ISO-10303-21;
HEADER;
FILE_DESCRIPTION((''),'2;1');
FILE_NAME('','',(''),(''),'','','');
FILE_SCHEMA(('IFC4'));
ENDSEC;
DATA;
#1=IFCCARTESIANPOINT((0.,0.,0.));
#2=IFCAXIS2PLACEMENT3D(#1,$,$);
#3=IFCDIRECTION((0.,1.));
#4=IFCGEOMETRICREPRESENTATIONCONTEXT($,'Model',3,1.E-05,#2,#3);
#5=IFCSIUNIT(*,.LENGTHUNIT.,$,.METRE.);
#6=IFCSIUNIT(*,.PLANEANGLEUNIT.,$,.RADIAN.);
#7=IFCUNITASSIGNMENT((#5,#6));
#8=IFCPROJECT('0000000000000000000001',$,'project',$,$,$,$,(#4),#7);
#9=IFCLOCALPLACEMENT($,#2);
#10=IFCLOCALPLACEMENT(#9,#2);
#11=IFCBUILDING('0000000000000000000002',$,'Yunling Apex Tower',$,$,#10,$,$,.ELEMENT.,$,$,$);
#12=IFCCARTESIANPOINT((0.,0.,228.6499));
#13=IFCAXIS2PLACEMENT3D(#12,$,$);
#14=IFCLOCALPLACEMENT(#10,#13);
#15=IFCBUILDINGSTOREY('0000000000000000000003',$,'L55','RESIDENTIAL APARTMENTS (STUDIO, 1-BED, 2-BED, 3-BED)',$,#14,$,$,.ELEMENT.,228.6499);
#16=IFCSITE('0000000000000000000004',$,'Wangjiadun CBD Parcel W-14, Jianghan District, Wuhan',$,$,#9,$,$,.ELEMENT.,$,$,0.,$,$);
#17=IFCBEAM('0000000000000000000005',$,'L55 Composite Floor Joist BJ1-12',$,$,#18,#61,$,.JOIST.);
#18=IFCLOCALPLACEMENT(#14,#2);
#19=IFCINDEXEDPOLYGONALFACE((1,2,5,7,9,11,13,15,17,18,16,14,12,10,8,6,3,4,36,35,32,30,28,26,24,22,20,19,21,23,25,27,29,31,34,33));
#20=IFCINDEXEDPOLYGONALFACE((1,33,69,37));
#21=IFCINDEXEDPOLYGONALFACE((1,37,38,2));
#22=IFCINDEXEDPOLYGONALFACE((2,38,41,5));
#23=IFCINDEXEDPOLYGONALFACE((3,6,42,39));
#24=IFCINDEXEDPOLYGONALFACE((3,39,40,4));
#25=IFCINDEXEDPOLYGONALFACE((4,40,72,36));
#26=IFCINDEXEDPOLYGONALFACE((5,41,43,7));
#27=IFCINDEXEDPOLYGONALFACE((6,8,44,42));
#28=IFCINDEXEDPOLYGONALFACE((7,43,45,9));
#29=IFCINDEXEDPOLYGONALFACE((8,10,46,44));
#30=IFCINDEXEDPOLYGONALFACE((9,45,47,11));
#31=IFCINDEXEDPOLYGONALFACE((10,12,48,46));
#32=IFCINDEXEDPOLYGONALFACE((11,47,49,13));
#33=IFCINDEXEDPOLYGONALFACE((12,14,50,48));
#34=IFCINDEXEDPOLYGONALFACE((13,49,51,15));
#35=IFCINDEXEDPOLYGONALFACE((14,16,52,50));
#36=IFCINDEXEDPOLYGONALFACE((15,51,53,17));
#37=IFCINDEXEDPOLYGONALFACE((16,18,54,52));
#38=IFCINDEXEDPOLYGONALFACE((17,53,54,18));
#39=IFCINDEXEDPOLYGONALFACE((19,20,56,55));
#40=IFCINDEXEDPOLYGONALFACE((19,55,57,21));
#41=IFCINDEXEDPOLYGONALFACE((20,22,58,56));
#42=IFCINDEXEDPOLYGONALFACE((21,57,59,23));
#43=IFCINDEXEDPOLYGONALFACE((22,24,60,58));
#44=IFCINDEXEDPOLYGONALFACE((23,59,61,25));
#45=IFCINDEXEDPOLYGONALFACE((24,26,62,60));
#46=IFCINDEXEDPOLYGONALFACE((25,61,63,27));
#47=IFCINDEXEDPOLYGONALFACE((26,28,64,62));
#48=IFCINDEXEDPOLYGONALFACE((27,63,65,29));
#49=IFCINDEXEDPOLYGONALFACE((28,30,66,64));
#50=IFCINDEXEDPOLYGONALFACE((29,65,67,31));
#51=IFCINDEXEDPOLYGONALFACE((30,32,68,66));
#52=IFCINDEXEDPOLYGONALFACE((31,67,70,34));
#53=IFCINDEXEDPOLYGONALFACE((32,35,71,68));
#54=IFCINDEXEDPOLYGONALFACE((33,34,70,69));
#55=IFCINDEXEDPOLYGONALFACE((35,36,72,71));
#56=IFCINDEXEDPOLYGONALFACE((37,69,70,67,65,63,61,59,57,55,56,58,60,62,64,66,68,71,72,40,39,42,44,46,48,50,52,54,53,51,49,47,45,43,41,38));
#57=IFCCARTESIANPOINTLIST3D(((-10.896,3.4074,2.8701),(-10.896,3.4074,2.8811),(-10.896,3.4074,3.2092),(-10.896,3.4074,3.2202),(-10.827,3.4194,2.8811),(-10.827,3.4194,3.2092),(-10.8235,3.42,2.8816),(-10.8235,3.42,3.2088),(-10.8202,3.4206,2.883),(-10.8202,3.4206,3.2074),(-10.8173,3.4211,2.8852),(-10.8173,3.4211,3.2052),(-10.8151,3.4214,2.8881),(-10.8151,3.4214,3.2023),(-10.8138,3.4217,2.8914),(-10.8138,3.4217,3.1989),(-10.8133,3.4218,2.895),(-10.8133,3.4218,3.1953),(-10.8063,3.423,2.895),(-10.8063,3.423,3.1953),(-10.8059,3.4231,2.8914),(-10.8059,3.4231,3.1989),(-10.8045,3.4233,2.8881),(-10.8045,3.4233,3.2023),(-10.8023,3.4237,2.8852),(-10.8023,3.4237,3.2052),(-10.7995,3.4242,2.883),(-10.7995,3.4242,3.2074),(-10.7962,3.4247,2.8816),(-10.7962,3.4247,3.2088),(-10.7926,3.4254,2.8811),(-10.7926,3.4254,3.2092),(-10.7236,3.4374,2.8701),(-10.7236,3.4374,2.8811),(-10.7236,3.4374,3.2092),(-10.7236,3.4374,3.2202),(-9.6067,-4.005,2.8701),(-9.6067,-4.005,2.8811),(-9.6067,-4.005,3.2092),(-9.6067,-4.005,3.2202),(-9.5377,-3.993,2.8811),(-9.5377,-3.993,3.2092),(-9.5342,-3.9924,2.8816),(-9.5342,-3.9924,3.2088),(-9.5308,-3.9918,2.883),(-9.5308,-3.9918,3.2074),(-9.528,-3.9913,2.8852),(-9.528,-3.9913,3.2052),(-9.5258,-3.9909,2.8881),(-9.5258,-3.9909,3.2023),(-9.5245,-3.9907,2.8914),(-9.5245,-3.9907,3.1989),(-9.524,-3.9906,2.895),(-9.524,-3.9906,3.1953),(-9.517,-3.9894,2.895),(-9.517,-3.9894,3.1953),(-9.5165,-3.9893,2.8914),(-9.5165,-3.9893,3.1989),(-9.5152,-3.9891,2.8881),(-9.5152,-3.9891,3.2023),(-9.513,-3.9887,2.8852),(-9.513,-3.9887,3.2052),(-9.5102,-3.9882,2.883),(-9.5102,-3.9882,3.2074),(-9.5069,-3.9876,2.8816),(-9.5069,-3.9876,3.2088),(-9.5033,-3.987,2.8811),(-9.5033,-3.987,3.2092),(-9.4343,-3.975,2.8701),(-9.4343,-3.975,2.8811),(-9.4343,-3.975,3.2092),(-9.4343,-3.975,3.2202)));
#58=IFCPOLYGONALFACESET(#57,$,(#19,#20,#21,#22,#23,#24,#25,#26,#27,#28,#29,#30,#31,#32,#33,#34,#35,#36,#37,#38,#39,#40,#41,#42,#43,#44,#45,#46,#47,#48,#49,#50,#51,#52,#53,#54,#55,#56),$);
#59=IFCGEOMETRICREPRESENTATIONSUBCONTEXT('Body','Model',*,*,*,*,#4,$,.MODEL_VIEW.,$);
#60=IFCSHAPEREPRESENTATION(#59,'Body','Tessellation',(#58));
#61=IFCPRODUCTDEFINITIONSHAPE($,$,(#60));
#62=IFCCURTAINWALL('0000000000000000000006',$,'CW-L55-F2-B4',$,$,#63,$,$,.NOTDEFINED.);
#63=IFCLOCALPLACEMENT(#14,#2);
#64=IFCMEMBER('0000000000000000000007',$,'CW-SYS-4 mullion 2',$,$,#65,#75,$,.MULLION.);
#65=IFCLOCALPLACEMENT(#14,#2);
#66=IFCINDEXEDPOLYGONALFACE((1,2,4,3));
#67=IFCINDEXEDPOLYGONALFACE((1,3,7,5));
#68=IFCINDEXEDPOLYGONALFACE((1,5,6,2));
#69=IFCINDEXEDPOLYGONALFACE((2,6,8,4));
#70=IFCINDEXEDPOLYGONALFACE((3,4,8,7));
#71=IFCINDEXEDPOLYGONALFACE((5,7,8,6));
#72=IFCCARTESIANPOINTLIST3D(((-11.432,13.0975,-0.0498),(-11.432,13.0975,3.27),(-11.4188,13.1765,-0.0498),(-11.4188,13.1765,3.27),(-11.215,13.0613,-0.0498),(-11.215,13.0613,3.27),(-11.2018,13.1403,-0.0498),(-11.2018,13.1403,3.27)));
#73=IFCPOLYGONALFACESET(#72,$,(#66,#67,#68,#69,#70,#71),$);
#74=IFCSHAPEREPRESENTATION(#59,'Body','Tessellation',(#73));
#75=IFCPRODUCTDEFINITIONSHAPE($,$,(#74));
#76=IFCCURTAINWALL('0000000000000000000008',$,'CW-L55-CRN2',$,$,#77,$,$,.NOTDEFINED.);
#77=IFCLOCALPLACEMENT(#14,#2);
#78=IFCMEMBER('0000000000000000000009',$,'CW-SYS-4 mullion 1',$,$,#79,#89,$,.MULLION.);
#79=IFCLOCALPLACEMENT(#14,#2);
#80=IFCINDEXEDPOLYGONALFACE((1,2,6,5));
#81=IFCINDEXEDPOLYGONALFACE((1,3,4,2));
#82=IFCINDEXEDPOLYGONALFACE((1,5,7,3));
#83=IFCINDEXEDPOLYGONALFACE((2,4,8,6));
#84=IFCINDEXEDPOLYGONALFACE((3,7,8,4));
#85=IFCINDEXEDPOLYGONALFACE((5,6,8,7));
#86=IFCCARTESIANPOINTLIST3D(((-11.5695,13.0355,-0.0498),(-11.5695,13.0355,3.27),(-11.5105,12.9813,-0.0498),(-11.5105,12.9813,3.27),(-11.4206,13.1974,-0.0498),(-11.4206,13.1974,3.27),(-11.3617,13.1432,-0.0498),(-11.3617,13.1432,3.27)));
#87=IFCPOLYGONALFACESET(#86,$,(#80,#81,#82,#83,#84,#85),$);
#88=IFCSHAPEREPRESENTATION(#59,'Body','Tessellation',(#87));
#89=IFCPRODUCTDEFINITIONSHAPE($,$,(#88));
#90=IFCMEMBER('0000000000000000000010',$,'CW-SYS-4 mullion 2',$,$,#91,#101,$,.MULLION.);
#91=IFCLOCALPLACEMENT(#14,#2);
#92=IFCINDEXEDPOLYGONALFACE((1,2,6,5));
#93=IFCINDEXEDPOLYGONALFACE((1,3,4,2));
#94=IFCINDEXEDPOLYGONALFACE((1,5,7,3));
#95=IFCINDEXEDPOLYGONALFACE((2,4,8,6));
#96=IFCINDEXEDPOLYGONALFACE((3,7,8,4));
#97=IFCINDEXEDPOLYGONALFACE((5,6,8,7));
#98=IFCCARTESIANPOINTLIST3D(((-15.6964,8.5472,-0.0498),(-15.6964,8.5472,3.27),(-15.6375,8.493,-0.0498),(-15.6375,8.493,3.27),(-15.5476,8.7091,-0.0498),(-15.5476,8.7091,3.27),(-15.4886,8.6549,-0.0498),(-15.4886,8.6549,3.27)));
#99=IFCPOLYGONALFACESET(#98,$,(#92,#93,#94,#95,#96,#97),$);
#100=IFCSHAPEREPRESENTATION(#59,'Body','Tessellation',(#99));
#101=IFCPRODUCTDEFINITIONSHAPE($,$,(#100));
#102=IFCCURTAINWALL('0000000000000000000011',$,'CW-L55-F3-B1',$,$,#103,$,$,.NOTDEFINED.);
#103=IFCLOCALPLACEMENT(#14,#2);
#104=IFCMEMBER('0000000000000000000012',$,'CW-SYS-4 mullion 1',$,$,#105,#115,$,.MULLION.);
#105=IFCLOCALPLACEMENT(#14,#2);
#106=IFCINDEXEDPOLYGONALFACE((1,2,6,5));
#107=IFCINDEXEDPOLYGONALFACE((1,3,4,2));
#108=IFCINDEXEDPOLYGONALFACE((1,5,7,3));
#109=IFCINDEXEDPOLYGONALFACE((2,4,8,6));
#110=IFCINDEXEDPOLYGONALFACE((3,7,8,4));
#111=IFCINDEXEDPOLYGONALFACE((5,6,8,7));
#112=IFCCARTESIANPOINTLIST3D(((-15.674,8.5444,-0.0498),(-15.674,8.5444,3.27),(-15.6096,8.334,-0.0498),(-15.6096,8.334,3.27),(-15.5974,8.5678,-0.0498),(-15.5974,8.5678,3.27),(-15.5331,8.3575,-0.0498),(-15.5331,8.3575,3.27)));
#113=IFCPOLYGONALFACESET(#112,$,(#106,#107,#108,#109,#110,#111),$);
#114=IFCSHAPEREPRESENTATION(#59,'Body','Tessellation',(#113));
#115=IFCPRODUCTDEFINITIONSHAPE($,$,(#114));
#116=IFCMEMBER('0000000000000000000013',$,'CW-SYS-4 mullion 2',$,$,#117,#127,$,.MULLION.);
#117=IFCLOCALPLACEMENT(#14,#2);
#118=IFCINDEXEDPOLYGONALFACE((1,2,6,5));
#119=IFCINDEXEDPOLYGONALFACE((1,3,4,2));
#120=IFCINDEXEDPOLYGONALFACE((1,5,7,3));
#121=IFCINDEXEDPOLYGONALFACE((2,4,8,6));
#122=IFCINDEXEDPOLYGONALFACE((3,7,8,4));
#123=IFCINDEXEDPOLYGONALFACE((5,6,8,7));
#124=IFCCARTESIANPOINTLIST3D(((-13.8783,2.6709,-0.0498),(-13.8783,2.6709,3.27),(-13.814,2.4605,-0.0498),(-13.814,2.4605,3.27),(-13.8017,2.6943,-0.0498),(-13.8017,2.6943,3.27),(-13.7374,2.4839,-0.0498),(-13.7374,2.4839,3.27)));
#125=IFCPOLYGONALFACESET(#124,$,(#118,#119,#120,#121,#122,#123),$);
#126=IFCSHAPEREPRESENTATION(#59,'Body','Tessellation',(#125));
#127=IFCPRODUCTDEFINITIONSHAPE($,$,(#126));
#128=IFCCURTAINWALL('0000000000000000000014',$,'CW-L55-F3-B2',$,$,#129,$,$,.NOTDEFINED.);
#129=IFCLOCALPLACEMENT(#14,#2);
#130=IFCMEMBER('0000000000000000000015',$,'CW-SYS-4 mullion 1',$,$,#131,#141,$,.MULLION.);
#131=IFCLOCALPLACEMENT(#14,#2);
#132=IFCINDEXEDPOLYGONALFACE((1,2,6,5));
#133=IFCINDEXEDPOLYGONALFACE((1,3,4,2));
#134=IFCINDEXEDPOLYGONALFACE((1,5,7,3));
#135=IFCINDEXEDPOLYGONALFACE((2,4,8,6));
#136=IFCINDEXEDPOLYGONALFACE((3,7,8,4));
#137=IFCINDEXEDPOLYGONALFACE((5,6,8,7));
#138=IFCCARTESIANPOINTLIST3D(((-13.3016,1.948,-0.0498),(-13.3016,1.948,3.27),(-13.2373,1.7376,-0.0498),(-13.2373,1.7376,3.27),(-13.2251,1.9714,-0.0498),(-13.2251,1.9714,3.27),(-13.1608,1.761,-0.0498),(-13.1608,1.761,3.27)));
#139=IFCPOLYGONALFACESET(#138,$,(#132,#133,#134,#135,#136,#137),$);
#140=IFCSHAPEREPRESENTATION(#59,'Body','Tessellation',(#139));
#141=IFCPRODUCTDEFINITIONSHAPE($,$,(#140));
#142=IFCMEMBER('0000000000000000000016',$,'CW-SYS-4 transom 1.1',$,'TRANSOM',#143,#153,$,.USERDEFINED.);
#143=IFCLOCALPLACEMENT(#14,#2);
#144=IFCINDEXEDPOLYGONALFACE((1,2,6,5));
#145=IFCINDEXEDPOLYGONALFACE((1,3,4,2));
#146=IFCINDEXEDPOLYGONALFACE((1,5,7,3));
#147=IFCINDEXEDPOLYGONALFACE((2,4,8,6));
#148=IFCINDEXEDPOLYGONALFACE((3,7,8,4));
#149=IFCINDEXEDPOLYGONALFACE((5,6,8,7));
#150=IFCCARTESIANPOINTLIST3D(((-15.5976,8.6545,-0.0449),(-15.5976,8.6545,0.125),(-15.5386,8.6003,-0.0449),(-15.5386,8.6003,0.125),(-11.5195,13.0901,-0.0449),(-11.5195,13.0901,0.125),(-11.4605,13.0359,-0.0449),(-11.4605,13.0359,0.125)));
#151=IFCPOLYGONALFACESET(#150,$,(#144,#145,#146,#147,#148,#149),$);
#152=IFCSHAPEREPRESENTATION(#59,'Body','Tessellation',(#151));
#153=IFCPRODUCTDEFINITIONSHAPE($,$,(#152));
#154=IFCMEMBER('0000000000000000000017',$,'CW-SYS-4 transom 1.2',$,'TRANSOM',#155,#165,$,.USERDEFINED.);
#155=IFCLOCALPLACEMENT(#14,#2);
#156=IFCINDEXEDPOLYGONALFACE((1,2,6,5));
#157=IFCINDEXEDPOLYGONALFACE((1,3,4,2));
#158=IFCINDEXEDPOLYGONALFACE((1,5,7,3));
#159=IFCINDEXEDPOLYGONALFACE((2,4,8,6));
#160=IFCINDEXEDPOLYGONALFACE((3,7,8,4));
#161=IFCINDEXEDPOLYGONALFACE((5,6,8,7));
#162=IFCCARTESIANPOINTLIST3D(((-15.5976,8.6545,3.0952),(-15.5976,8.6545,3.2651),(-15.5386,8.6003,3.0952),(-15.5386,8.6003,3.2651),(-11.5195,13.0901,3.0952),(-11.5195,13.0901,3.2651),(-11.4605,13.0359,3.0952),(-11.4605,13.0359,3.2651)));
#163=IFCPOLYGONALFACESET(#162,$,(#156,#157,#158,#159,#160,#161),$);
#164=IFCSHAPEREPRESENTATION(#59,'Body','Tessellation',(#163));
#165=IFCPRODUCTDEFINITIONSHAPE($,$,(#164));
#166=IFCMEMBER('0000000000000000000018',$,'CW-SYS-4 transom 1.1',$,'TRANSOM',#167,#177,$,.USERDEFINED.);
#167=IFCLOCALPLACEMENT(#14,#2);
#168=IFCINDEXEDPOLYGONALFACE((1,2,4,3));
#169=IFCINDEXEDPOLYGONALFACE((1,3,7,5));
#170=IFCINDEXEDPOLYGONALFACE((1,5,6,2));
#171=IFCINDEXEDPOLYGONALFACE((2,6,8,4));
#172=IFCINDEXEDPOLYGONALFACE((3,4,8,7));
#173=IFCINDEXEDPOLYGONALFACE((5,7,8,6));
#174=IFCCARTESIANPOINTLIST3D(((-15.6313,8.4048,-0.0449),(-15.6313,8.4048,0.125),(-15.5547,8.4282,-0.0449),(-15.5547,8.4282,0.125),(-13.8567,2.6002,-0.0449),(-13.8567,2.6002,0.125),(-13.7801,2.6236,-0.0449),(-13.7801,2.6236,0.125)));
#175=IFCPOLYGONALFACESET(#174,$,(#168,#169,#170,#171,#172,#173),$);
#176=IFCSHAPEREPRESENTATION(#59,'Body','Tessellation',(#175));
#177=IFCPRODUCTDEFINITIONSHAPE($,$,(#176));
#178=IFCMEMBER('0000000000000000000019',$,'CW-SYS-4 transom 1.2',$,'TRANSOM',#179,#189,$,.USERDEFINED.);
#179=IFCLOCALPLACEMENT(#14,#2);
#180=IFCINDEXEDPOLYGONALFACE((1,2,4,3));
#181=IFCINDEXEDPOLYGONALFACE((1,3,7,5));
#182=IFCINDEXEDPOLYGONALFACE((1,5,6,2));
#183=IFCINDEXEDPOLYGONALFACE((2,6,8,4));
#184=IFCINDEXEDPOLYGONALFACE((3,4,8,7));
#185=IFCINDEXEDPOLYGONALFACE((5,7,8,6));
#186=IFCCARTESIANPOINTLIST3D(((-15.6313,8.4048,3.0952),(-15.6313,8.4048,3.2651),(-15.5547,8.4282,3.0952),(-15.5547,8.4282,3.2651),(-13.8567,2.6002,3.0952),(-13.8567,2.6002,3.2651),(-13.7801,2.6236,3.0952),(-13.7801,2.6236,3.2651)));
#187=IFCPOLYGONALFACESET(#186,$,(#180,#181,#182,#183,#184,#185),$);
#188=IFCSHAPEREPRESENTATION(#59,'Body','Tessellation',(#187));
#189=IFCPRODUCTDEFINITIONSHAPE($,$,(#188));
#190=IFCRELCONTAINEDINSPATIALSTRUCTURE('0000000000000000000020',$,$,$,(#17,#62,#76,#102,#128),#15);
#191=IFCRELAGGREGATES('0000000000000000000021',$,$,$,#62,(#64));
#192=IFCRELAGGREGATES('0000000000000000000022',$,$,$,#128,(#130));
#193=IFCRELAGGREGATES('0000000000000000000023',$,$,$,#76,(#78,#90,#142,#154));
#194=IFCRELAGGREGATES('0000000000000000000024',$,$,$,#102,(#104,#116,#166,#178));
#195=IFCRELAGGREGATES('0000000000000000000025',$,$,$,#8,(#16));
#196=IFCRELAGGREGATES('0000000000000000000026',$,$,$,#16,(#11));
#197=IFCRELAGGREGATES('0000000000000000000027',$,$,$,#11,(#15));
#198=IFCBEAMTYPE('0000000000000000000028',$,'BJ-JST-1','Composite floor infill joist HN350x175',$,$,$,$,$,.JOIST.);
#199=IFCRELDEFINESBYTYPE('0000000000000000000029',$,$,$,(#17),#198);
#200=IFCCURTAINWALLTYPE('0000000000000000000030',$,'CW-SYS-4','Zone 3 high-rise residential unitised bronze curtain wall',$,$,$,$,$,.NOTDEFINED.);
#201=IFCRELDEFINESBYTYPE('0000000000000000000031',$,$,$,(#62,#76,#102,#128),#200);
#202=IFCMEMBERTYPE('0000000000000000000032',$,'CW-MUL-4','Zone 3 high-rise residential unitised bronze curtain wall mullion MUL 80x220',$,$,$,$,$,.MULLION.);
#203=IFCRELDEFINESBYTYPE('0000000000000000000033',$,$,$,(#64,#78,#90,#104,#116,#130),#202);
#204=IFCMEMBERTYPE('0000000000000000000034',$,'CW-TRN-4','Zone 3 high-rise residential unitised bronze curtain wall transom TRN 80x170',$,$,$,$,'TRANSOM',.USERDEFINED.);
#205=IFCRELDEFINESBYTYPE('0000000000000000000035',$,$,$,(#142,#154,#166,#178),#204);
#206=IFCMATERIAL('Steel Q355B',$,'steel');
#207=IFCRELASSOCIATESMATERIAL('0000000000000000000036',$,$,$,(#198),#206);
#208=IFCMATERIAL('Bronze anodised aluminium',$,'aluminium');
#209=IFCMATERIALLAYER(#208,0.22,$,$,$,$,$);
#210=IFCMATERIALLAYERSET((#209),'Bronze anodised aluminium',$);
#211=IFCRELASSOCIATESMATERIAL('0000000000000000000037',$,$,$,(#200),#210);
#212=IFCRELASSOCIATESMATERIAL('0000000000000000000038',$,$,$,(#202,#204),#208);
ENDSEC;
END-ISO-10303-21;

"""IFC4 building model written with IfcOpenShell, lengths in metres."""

from ifc_helpers import new_model, si_unit, direction, frame, origin, origin_2d, place, context, subcontext, project, spatial, rectangle, i_section, extrude, source, transform, mapped, material, layer, layer_set, material_profile, profile_set, type_object, element, aggregate, save


model = new_model("IFC4")

# Units and contexts
model_context = context("Model", 3, precision=1e-05, world=origin(), true_north=direction((0.0, 1.0)))
body_context = subcontext(model_context, "Body", "Model", "MODEL_VIEW")
ifc_project = project(units=[si_unit("LENGTHUNIT", "METRE"), si_unit("PLANEANGLEUNIT", "RADIAN")], contexts=[model_context])

# Site, building, storey
site_placement = place(None, origin())
site = spatial("IfcSite", under=ifc_project, at=site_placement, Name="Wangjiadun CBD Parcel W-14, Jianghan District, Wuhan", CompositionType="ELEMENT", RefElevation=0.0)
building_placement = place(site_placement, origin())
building = spatial("IfcBuilding", under=site, at=building_placement, Name="Yunling Apex Tower", CompositionType="ELEMENT")
storey_placement = place(building_placement, frame((0.0, 0.0, 228.6499)))
storey = spatial("IfcBuildingStorey", under=building, at=storey_placement, Name="L55", Description="RESIDENTIAL APARTMENTS (STUDIO, 1-BED, 2-BED, 3-BED)", CompositionType="ELEMENT", Elevation=228.6499)

# Beam
ifc_material_1 = material(Name="Steel Q355B", Category="steel")
ifc_material_profile_1 = material_profile(ifc_material_1, i_section(OverallWidth=0.175, OverallDepth=0.3501, WebThickness=0.0071, FlangeThickness=0.011, FilletRadius=0.0139, at=origin_2d()))
ifc_profile_set_1 = profile_set([ifc_material_profile_1], Name="Steel Q355B")
beam_type_1 = type_object("IfcBeamType", Name="BJ-JST-1", Description="Composite floor infill joist HN350x175", PredefinedType="JOIST", material=ifc_profile_set_1)
shared_shape_1 = source(origin(), body_context, "Body", "SweptSolid", [
    extrude(i_section(OverallWidth=0.175, OverallDepth=0.3501, WebThickness=0.0071, FlangeThickness=0.011, FilletRadius=0.0139, at=origin_2d()), origin(), (0.0, 0.0, 1.0), 7.5237),
])
beam_1_placement = place(storey_placement, frame((-10.8098, 3.4224, 3.0452), z_axis=(0.171367, -0.985207, 0.0), x_axis=(0.985207, 0.171367, 0.0)))
element("IfcBeam", 1, at=beam_1_placement, inside=storey, type_object=beam_type_1, Name="L55 Composite Floor Joist BJ1-12", PredefinedType="JOIST", context=body_context, shape_type="MappedRepresentation", body=[
    mapped(shared_shape_1, transform((0.0, 0.0, 0.0), scale=1.0)),
])

# Curtain wall, member
ifc_material_2 = material(Name="Bronze anodised aluminium", Category="aluminium")
ifc_layer_1 = layer(ifc_material_2, 0.22)
ifc_layer_set_1 = layer_set([ifc_layer_1], Name="Bronze anodised aluminium")
curtain_wall_type = type_object("IfcCurtainWallType", Name="CW-SYS-4", Description="Zone 3 high-rise residential unitised bronze curtain wall", PredefinedType="NOTDEFINED", material=ifc_layer_set_1)
curtain_wall_1_placement = place(storey_placement, origin())
curtain_wall_1 = element("IfcCurtainWall", 2, at=curtain_wall_1_placement, inside=storey, type_object=curtain_wall_type, Name="CW-L55-F2-B4", PredefinedType="NOTDEFINED")
ifc_material_profile_2 = material_profile(ifc_material_2, rectangle(XDim=0.0801, YDim=0.22, at=origin_2d()))
ifc_profile_set_2 = profile_set([ifc_material_profile_2], Name="Bronze anodised aluminium")
member_type_1 = type_object("IfcMemberType", Name="CW-MUL-4", Description="Zone 3 high-rise residential unitised bronze curtain wall mullion MUL 80x220", PredefinedType="MULLION", material=ifc_profile_set_2)
shared_shape_2 = source(origin(), body_context, "Body", "SweptSolid", [
    extrude(rectangle(XDim=0.0801, YDim=0.22, at=origin_2d()), origin(), (0.0, 0.0, 1.0), 3.3198),
])
member_1_placement = place(storey_placement, frame((-11.3169, 13.1189, -0.0498), z_axis=(0.0, 0.0, 1.0), x_axis=(-0.164353, -0.986402, 0.0)))
member_1 = element("IfcMember", 3, at=member_1_placement, type_object=member_type_1, Name="CW-SYS-4 mullion 2", PredefinedType="MULLION", context=body_context, shape_type="MappedRepresentation", body=[
    mapped(shared_shape_2, transform((0.0, 0.0, 0.0), scale=1.0)),
])
aggregate(curtain_wall_1, [member_1])

# Curtain walls, members
curtain_wall_2_placement = place(storey_placement, origin())
curtain_wall_2 = element("IfcCurtainWall", 4, at=curtain_wall_2_placement, inside=storey, type_object=curtain_wall_type, Name="CW-L55-CRN2", PredefinedType="NOTDEFINED")
member_2_placement = place(storey_placement, frame((-11.4656, 13.0894, -0.0498), z_axis=(0.0, 0.0, 1.0), x_axis=(0.736134, -0.676836, 0.0)))
member_2 = element("IfcMember", 5, at=member_2_placement, type_object=member_type_1, Name="CW-SYS-4 mullion 1", PredefinedType="MULLION", context=body_context, shape_type="MappedRepresentation", body=[
    mapped(shared_shape_2, transform((0.0, 0.0, 0.0), scale=1.0)),
])
member_3_placement = place(storey_placement, frame((-15.5925, 8.6011, -0.0498), z_axis=(0.0, 0.0, 1.0), x_axis=(0.736134, -0.676836, 0.0)))
member_3 = element("IfcMember", 6, at=member_3_placement, type_object=member_type_1, Name="CW-SYS-4 mullion 2", PredefinedType="MULLION", context=body_context, shape_type="MappedRepresentation", body=[
    mapped(shared_shape_2, transform((0.0, 0.0, 0.0), scale=1.0)),
])
curtain_wall_3_placement = place(storey_placement, origin())
curtain_wall_3 = element("IfcCurtainWall", 7, at=curtain_wall_3_placement, inside=storey, type_object=curtain_wall_type, Name="CW-L55-F3-B1", PredefinedType="NOTDEFINED")
member_4_placement = place(storey_placement, frame((-15.6035, 8.4509, -0.0498), z_axis=(0.0, 0.0, 1.0), x_axis=(0.956305, 0.292372, 0.0)))
member_4 = element("IfcMember", 8, at=member_4_placement, type_object=member_type_1, Name="CW-SYS-4 mullion 1", PredefinedType="MULLION", context=body_context, shape_type="MappedRepresentation", body=[
    mapped(shared_shape_2, transform((0.0, 0.0, 0.0), scale=1.0)),
])
member_5_placement = place(storey_placement, frame((-13.8079, 2.5774, -0.0498), z_axis=(0.0, 0.0, 1.0), x_axis=(0.956305, 0.292372, 0.0)))
member_5 = element("IfcMember", 9, at=member_5_placement, type_object=member_type_1, Name="CW-SYS-4 mullion 2", PredefinedType="MULLION", context=body_context, shape_type="MappedRepresentation", body=[
    mapped(shared_shape_2, transform((0.0, 0.0, 0.0), scale=1.0)),
])

# Curtain wall, member
curtain_wall_4_placement = place(storey_placement, origin())
curtain_wall_4 = element("IfcCurtainWall", 10, at=curtain_wall_4_placement, inside=storey, type_object=curtain_wall_type, Name="CW-L55-F3-B2", PredefinedType="NOTDEFINED")
member_6_placement = place(storey_placement, frame((-13.2312, 1.8545, -0.0498), z_axis=(0.0, 0.0, 1.0), x_axis=(0.956304, 0.292373, 0.0)))
member_6 = element("IfcMember", 11, at=member_6_placement, type_object=member_type_1, Name="CW-SYS-4 mullion 1", PredefinedType="MULLION", context=body_context, shape_type="MappedRepresentation", body=[
    mapped(shared_shape_2, transform((0.0, 0.0, 0.0), scale=1.0)),
])

# Members
ifc_material_profile_3 = material_profile(ifc_material_2, rectangle(XDim=0.0801, YDim=0.1699, at=origin_2d()))
ifc_profile_set_3 = profile_set([ifc_material_profile_3], Name="Bronze anodised aluminium")
member_type_2 = type_object("IfcMemberType", Name="CW-TRN-4", Description="Zone 3 high-rise residential unitised bronze curtain wall transom TRN 80x170", ElementType="TRANSOM", PredefinedType="USERDEFINED", material=ifc_profile_set_3)
shared_shape_3 = source(origin(), body_context, "Body", "SweptSolid", [
    extrude(rectangle(XDim=0.0801, YDim=0.1699, at=origin_2d()), origin(), (0.0, 0.0, 1.0), 6.0254),
])
member_7_placement = place(storey_placement, frame((-11.49, 13.063, 0.04), z_axis=(-0.676825, -0.736144, 0.0), x_axis=(0.736144, -0.676825, 0.0)))
member_7 = element("IfcMember", 12, at=member_7_placement, type_object=member_type_2, Name="CW-SYS-4 transom 1.1", ObjectType="TRANSOM", PredefinedType="USERDEFINED", context=body_context, shape_type="MappedRepresentation", body=[
    mapped(shared_shape_3, transform((0.0, 0.0, 0.0), scale=1.0)),
])
member_8_placement = place(storey_placement, frame((-11.49, 13.063, 3.1802), z_axis=(-0.676825, -0.736144, 0.0), x_axis=(0.736144, -0.676825, 0.0)))
member_8 = element("IfcMember", 13, at=member_8_placement, type_object=member_type_2, Name="CW-SYS-4 transom 1.2", ObjectType="TRANSOM", PredefinedType="USERDEFINED", context=body_context, shape_type="MappedRepresentation", body=[
    mapped(shared_shape_3, transform((0.0, 0.0, 0.0), scale=1.0)),
])
shared_shape_4 = source(origin(), body_context, "Body", "SweptSolid", [
    extrude(rectangle(XDim=0.0801, YDim=0.1699, at=origin_2d()), origin(), (0.0, 0.0, 1.0), 6.0698),
])
member_9_placement = place(storey_placement, frame((-15.593, 8.4165, 0.04), z_axis=(0.29237, -0.956305, 0.0), x_axis=(0.956305, 0.29237, 0.0)))
member_9 = element("IfcMember", 14, at=member_9_placement, type_object=member_type_2, Name="CW-SYS-4 transom 1.1", ObjectType="TRANSOM", PredefinedType="USERDEFINED", context=body_context, shape_type="MappedRepresentation", body=[
    mapped(shared_shape_4, transform((0.0, 0.0, 0.0), scale=1.0)),
])
member_10_placement = place(storey_placement, frame((-15.593, 8.4165, 3.1802), z_axis=(0.29237, -0.956305, 0.0), x_axis=(0.956305, 0.29237, 0.0)))
member_10 = element("IfcMember", 15, at=member_10_placement, type_object=member_type_2, Name="CW-SYS-4 transom 1.2", ObjectType="TRANSOM", PredefinedType="USERDEFINED", context=body_context, shape_type="MappedRepresentation", body=[
    mapped(shared_shape_4, transform((0.0, 0.0, 0.0), scale=1.0)),
])
aggregate(curtain_wall_4, [member_6])

aggregate(curtain_wall_2, [member_2, member_3, member_7, member_8])
aggregate(curtain_wall_3, [member_4, member_5, member_9, member_10])

save(model, "model.ifc")
